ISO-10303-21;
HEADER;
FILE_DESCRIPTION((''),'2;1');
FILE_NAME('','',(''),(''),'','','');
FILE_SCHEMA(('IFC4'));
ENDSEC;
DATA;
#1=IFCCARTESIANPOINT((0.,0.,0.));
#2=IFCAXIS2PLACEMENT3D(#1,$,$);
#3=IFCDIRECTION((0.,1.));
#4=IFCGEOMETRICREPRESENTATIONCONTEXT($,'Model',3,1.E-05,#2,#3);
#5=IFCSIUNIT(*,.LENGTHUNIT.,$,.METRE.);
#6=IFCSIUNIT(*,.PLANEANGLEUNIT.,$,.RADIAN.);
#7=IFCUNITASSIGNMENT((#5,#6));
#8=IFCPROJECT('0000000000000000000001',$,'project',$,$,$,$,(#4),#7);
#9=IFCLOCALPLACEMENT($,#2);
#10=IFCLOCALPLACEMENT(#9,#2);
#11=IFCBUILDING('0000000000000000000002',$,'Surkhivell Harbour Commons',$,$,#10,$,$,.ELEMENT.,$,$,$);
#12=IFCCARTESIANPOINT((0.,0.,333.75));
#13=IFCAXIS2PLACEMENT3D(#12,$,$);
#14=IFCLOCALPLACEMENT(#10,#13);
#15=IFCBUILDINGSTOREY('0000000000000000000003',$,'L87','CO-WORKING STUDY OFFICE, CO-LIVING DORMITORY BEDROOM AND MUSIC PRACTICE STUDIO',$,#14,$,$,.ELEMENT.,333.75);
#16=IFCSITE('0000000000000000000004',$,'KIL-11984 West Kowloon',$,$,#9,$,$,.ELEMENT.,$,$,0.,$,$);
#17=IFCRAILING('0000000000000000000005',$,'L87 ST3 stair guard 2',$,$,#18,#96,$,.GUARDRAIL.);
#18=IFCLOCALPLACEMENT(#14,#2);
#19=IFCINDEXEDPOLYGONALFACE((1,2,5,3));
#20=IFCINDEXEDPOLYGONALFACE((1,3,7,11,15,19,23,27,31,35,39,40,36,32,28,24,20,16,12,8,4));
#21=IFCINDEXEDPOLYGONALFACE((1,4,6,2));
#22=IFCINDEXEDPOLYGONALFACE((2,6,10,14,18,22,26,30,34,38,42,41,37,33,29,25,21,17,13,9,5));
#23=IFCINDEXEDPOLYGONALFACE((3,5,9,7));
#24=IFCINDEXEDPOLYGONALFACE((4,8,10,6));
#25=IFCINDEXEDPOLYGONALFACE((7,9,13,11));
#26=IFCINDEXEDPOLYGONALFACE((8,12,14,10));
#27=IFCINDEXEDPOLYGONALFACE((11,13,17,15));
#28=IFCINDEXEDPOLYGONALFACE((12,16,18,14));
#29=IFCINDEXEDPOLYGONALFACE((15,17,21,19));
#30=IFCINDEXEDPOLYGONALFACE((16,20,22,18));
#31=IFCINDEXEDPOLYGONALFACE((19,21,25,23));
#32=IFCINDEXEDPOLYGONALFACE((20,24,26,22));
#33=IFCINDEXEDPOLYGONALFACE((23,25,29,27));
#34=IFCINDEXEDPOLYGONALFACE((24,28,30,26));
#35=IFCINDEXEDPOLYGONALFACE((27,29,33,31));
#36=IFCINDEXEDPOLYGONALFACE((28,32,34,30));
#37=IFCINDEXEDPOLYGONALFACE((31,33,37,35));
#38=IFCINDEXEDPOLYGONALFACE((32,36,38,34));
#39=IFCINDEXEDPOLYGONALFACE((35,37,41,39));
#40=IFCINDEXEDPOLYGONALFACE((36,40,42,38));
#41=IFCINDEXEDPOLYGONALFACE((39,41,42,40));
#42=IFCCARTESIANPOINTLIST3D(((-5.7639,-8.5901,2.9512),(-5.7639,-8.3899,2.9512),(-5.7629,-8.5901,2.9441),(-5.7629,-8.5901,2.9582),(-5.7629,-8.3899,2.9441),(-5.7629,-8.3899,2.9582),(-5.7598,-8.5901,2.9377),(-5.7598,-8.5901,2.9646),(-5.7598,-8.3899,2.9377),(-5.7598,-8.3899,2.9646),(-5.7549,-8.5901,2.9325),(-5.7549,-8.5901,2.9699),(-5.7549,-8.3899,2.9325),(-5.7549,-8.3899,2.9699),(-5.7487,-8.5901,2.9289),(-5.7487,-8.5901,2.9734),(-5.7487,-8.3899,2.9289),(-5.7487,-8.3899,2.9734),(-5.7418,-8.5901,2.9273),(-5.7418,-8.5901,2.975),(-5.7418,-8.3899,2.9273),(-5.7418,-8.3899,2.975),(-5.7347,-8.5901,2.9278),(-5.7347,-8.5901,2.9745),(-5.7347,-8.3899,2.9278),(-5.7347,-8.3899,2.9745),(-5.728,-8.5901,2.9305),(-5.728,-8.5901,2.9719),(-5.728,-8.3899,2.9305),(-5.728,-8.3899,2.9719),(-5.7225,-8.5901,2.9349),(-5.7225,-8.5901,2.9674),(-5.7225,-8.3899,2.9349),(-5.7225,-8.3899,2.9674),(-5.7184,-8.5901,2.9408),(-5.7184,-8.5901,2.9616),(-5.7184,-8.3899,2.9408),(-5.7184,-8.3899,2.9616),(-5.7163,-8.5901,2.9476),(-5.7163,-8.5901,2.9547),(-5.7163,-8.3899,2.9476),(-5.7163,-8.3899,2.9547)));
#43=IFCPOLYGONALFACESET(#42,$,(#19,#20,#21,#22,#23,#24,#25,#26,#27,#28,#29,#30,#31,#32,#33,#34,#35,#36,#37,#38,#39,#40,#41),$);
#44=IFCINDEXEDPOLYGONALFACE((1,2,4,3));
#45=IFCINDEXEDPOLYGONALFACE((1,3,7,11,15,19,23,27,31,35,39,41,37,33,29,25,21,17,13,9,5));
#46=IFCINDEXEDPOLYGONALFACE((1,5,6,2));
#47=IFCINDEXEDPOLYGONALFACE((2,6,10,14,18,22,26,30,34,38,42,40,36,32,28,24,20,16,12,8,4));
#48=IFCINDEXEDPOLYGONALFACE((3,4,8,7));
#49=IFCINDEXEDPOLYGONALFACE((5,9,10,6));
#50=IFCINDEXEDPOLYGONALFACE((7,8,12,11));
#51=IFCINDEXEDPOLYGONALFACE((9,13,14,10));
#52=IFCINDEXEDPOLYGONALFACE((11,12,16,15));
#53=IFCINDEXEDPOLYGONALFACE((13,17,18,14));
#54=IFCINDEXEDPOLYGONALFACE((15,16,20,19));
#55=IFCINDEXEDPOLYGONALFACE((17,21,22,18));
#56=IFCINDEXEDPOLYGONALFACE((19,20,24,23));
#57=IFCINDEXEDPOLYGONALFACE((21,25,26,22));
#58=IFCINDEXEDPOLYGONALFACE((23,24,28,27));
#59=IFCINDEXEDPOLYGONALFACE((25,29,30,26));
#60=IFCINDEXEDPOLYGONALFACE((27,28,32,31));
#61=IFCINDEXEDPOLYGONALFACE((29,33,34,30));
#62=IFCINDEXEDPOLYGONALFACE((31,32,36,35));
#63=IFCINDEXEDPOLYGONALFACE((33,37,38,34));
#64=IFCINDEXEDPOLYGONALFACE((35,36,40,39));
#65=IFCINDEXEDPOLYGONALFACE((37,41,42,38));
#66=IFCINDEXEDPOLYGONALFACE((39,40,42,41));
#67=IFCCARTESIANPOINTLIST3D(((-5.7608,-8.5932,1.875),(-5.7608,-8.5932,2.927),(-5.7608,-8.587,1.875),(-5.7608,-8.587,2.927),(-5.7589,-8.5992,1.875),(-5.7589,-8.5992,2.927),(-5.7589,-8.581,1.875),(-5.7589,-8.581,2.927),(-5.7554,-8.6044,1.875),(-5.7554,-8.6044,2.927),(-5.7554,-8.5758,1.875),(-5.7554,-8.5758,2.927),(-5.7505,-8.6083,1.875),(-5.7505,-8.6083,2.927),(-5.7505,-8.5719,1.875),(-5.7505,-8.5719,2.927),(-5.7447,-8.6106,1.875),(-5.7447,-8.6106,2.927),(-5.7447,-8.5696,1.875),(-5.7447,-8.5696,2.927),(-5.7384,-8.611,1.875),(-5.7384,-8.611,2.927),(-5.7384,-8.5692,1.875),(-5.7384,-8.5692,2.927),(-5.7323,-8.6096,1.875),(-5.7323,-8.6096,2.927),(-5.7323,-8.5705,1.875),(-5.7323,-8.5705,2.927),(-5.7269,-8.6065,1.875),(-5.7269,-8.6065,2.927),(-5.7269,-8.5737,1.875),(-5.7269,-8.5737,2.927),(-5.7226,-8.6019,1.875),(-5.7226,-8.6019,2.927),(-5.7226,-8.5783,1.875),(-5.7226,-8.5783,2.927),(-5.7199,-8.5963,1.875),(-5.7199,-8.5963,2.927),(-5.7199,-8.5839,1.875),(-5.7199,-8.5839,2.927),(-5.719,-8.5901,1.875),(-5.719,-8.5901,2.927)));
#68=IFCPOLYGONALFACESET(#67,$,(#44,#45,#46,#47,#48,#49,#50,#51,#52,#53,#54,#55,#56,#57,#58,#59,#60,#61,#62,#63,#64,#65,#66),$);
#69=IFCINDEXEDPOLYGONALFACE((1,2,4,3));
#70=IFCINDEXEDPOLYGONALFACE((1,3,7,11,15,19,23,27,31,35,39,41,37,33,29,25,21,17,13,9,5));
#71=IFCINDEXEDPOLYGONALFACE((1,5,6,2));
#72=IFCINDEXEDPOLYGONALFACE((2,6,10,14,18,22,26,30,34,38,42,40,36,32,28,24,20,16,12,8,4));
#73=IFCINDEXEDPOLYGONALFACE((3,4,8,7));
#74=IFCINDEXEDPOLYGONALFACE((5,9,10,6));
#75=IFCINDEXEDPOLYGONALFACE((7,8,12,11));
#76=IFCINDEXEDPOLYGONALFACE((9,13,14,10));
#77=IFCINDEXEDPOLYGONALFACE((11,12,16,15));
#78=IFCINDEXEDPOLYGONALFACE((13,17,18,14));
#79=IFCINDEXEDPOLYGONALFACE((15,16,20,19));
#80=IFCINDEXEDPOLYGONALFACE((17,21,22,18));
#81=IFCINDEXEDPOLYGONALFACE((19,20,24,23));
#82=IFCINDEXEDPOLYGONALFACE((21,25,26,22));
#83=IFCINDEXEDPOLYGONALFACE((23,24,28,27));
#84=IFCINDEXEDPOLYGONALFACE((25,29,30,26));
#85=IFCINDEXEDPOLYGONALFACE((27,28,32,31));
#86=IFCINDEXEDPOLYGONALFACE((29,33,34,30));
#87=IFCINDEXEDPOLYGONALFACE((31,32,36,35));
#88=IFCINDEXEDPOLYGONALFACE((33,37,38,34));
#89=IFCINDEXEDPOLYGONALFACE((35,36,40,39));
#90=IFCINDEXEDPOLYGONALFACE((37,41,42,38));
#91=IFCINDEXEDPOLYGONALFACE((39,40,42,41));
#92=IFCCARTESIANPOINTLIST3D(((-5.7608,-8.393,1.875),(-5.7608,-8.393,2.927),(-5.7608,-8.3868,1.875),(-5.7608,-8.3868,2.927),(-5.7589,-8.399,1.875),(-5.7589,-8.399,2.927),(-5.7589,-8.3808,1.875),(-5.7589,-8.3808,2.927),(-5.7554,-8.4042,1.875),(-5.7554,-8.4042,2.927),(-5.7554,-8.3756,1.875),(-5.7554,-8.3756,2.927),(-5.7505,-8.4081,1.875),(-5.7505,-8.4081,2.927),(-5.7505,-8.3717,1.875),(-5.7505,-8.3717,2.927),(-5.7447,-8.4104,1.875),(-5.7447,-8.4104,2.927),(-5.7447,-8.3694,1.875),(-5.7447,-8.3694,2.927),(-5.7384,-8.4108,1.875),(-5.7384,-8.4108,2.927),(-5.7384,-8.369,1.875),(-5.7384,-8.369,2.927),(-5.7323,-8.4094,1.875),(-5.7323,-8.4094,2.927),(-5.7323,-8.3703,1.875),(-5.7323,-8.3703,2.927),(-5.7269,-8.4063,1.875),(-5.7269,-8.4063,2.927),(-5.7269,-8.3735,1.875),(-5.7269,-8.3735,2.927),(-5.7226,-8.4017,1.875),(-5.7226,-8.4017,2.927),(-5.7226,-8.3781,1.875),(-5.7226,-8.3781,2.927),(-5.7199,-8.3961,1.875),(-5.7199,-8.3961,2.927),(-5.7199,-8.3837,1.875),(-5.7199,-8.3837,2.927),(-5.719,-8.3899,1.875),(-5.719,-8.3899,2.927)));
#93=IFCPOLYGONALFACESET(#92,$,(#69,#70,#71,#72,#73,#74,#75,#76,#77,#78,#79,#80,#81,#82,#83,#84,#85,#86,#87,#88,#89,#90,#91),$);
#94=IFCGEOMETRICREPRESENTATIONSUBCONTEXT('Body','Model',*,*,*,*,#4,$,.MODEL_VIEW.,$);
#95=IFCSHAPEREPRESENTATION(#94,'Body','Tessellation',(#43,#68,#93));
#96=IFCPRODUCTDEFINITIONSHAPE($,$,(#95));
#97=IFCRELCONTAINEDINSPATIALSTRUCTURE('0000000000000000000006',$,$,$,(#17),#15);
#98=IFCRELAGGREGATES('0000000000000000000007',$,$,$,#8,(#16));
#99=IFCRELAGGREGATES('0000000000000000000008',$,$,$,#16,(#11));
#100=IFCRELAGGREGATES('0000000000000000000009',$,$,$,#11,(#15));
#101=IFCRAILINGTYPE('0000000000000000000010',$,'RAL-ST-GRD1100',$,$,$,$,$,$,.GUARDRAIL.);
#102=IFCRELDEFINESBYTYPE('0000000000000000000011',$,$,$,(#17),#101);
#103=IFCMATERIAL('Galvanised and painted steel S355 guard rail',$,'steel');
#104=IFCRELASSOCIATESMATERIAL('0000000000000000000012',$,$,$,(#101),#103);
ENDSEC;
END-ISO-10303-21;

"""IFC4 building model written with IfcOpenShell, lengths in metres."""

from ifc_helpers import new_model, si_unit, direction, frame, origin, origin_2d, place, context, subcontext, project, spatial, circle, extrude, material, type_object, element, save


model = new_model("IFC4")

# Units and contexts
model_context = context("Model", 3, precision=1e-05, world=origin(), true_north=direction((0.0, 1.0)))
body_context = subcontext(model_context, "Body", "Model", "MODEL_VIEW")
ifc_project = project(units=[si_unit("LENGTHUNIT", "METRE"), si_unit("PLANEANGLEUNIT", "RADIAN")], contexts=[model_context])

# Site, building, storey
site_placement = place(None, origin())
site = spatial("IfcSite", under=ifc_project, at=site_placement, Name="KIL-11984 West Kowloon", CompositionType="ELEMENT", RefElevation=0.0)
building_placement = place(site_placement, origin())
building = spatial("IfcBuilding", under=site, at=building_placement, Name="Surkhivell Harbour Commons", CompositionType="ELEMENT")
storey_placement = place(building_placement, frame((0.0, 0.0, 333.75)))
storey = spatial("IfcBuildingStorey", under=building, at=storey_placement, Name="L87", Description="CO-WORKING STUDY OFFICE, CO-LIVING DORMITORY BEDROOM AND MUSIC PRACTICE STUDIO", CompositionType="ELEMENT", Elevation=333.75)

# Railing
ifc_material_1 = material(Name="Galvanised and painted steel S355 guard rail", Category="steel")
railing_type_1 = type_object("IfcRailingType", Name="RAL-ST-GRD1100", PredefinedType="GUARDRAIL", material=ifc_material_1)
railing_1_placement = place(storey_placement, frame((-5.74, -8.5901, 1.875)))
element("IfcRailing", 1, at=railing_1_placement, inside=storey, type_object=railing_type_1, Name="L87 ST3 stair guard 2", PredefinedType="GUARDRAIL", context=body_context, shape_type="SweptSolid", body=[
    extrude(circle(Radius=0.0239, at=origin_2d()), frame((0.0, 0.0, 1.0762), z_axis=(0.0, 1.0, 0.0), x_axis=(-1.0, 0.0, 0.0)), (0.0, 0.0, 1.0), 0.2002),
    extrude(circle(Radius=0.021, at=origin_2d()), origin(), (0.0, 0.0, 1.0), 1.052),
    extrude(circle(Radius=0.021, at=origin_2d()), frame((0.0, 0.2002, 0.0)), (0.0, 0.0, 1.0), 1.052),
])

save(model, "model.ifc")
